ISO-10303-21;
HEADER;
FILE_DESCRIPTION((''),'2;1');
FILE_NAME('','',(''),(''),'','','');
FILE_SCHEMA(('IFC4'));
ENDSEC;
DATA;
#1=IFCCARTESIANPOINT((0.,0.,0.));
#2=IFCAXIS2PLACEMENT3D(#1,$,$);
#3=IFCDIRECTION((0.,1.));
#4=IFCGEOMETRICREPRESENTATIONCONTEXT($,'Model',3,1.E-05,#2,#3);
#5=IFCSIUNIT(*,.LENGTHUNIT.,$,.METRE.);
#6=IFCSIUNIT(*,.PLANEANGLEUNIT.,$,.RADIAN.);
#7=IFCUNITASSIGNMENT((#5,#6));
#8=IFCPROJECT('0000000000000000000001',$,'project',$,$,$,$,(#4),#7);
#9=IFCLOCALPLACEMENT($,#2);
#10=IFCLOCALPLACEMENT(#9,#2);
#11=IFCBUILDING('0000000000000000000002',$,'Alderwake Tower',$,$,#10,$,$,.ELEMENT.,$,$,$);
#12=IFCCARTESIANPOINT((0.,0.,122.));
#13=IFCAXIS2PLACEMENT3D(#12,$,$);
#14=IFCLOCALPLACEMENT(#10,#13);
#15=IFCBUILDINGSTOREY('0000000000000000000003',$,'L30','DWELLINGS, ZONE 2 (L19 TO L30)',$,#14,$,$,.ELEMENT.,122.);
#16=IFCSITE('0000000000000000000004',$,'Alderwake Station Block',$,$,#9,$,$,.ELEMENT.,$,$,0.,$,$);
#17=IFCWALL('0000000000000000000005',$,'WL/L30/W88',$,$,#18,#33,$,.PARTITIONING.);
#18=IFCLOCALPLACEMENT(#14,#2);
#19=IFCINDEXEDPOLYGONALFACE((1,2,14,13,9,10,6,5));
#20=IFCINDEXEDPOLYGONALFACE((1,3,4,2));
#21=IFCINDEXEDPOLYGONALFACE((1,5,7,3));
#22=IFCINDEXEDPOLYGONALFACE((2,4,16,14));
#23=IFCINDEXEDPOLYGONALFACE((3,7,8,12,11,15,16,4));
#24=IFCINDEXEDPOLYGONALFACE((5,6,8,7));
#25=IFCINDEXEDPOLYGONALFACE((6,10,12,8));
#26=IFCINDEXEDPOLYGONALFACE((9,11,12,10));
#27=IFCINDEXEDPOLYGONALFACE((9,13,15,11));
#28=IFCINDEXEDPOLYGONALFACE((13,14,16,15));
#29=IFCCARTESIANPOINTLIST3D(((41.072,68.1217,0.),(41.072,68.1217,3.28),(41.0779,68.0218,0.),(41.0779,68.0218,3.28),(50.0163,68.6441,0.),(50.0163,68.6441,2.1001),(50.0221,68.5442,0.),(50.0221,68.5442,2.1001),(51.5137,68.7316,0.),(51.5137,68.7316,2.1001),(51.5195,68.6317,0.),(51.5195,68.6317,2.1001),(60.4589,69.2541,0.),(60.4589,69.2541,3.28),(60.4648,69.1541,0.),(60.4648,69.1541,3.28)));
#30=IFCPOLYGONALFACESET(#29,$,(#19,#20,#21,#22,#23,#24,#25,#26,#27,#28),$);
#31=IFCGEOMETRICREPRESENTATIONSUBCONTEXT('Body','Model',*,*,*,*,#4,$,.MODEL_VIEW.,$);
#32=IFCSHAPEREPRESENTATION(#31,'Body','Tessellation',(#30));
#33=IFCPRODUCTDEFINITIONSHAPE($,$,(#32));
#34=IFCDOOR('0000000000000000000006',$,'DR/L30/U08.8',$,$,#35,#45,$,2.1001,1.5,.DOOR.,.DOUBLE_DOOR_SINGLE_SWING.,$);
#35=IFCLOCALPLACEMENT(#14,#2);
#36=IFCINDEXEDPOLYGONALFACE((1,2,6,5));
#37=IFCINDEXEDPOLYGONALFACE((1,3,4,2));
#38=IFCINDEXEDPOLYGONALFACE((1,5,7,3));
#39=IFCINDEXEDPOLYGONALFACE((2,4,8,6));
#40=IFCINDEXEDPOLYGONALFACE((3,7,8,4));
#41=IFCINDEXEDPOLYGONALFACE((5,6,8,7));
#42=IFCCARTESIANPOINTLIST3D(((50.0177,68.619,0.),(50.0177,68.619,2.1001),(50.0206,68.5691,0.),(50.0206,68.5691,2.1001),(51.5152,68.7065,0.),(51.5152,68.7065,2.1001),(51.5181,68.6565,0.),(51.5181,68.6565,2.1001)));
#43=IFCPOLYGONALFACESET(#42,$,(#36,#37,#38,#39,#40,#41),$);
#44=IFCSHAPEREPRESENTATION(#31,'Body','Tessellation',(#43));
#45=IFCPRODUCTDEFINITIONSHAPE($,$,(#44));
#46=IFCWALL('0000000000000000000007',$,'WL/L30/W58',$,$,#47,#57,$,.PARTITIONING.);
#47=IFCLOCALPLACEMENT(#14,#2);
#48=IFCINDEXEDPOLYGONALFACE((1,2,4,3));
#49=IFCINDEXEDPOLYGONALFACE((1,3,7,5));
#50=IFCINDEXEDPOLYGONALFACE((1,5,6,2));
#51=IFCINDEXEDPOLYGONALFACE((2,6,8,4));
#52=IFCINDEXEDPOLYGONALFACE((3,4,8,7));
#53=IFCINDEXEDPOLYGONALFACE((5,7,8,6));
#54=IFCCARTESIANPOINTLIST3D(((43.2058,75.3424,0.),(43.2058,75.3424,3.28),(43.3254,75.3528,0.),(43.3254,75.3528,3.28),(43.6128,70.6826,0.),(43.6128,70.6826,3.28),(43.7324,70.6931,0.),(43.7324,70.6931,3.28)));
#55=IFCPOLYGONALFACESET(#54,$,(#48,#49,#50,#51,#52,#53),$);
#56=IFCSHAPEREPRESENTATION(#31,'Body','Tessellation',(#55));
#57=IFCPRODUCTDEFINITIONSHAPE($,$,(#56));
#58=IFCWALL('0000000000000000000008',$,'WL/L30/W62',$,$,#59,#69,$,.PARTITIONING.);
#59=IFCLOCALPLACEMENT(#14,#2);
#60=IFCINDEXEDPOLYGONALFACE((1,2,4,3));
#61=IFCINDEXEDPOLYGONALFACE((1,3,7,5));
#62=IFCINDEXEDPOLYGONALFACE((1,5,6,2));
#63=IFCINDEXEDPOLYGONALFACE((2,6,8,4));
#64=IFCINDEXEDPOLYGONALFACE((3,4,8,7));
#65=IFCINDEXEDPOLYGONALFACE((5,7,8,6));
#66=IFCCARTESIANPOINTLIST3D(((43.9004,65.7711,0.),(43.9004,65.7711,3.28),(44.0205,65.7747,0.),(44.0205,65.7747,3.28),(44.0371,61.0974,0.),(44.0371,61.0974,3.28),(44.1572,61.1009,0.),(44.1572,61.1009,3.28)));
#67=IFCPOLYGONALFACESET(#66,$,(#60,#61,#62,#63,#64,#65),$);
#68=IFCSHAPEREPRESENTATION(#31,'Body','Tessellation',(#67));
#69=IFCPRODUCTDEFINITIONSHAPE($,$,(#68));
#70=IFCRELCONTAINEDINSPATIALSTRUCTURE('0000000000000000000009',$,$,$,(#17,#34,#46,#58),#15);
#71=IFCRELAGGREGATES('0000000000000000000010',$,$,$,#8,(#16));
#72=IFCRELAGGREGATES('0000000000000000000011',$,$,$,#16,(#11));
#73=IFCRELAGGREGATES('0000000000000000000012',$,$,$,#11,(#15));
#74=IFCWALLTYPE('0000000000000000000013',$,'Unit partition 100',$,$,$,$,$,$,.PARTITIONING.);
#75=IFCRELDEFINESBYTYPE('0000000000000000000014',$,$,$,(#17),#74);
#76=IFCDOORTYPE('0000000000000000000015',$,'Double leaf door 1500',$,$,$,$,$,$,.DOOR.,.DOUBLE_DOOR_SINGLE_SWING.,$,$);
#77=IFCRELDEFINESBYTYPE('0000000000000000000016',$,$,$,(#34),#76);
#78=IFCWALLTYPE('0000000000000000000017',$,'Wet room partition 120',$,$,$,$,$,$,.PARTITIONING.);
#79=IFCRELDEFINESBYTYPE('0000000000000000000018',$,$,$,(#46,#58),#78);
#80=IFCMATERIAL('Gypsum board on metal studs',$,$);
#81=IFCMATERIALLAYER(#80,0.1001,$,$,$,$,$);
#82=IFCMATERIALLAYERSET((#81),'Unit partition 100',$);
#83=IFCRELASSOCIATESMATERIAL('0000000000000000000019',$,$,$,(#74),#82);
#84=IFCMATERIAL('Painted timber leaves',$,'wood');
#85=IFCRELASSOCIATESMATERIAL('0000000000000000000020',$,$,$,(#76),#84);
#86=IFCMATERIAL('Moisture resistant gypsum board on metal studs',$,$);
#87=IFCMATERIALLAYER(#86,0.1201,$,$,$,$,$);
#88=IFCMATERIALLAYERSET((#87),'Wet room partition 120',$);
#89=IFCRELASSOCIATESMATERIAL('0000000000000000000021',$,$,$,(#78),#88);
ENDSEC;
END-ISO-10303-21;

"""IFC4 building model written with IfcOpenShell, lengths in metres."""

from ifc_helpers import new_model, si_unit, direction, frame, frame_2d, origin, place, context, subcontext, project, spatial, rectangle, extrude, material, layer, layer_set, type_object, element, fill, save


model = new_model("IFC4")

# Units and contexts
model_context = context("Model", 3, precision=1e-05, world=origin(), true_north=direction((0.0, 1.0)))
body_context = subcontext(model_context, "Body", "Model", "MODEL_VIEW")
ifc_project = project(units=[si_unit("LENGTHUNIT", "METRE"), si_unit("PLANEANGLEUNIT", "RADIAN")], contexts=[model_context])

# Site, building, storey
site_placement = place(None, origin())
site = spatial("IfcSite", under=ifc_project, at=site_placement, Name="Alderwake Station Block", CompositionType="ELEMENT", RefElevation=0.0)
building_placement = place(site_placement, origin())
building = spatial("IfcBuilding", under=site, at=building_placement, Name="Alderwake Tower", CompositionType="ELEMENT")
storey_placement = place(building_placement, frame((0.0, 0.0, 122.0)))
storey = spatial("IfcBuildingStorey", under=building, at=storey_placement, Name="L30", Description="DWELLINGS, ZONE 2 (L19 TO L30)", CompositionType="ELEMENT", Elevation=122.0)

# Shared definitions
ifc_material_1 = material(Name="Gypsum board on metal studs")
ifc_layer_1 = layer(ifc_material_1, 0.1001)
ifc_layer_set_1 = layer_set([ifc_layer_1], Name="Unit partition 100")
wall_type_1 = type_object("IfcWallType", Name="Unit partition 100", PredefinedType="PARTITIONING", material=ifc_layer_set_1)

# Wall, opening, door
wall_1_placement = place(storey_placement, frame((41.075, 68.0718, 0.0), z_axis=(0.0, 0.0, 1.0), x_axis=(0.998299, 0.058307, 0.0)))
wall_1 = element("IfcWall", 1, at=wall_1_placement, inside=storey, type_object=wall_type_1, Name="WL/L30/W88", PredefinedType="PARTITIONING", context=body_context, shape_type="SweptSolid", body=[
    extrude(rectangle(XDim=19.4199, YDim=0.1001, at=frame_2d((9.71, 0.0))), origin(), (0.0, 0.0, 1.0), 3.28),
])
opening_1_placement = place(wall_1_placement, frame((8.9595, 0.0, 0.0)))
opening_1 = element("IfcOpeningElement", 2, at=opening_1_placement, cuts=wall_1, PredefinedType="OPENING", context=body_context, shape_type="SweptSolid", body=[
    extrude(rectangle(XDim=1.5, YDim=2.1001, at=frame_2d((0.75, 1.05))), frame((0.0, 0.0601, 0.0), z_axis=(0.0, -1.0, 0.0), x_axis=(1.0, 0.0, 0.0)), (0.0, 0.0, 1.0), 0.1201),
])
ifc_material_2 = material(Name="Painted timber leaves", Category="wood")
door_type_1 = type_object("IfcDoorType", Name="Double leaf door 1500", OperationType="DOUBLE_DOOR_SINGLE_SWING", PredefinedType="DOOR", material=ifc_material_2)
door_1_placement = place(opening_1_placement, origin())
door_1 = element("IfcDoor", 3, at=door_1_placement, inside=storey, type_object=door_type_1, Name="DR/L30/U08.8", OperationType="DOUBLE_DOOR_SINGLE_SWING", OverallHeight=2.1001, OverallWidth=1.5, PredefinedType="DOOR", context=body_context, shape_type="SweptSolid", body=[
    extrude(rectangle(XDim=1.5, YDim=2.1001, at=frame_2d((0.75, 1.05))), frame((0.0, 0.0249, 0.0), z_axis=(0.0, -1.0, 0.0), x_axis=(1.0, 0.0, 0.0)), (0.0, 0.0, 1.0), 0.05),
])
fill(opening_1, door_1)

# Walls
ifc_material_3 = material(Name="Moisture resistant gypsum board on metal studs")
ifc_layer_2 = layer(ifc_material_3, 0.1201)
ifc_layer_set_2 = layer_set([ifc_layer_2], Name="Wet room partition 120")
wall_type_2 = type_object("IfcWallType", Name="Wet room partition 120", PredefinedType="PARTITIONING", material=ifc_layer_set_2)
wall_2_placement = place(storey_placement, frame((43.6726, 70.6877, 0.0), z_axis=(0.0, 0.0, 1.0), x_axis=(-0.08701, 0.996207, 0.0)))
element("IfcWall", 4, at=wall_2_placement, inside=storey, type_object=wall_type_2, Name="WL/L30/W58", PredefinedType="PARTITIONING", context=body_context, shape_type="SweptSolid", body=[
    extrude(rectangle(XDim=4.6775, YDim=0.1201, at=frame_2d((2.3389, 0.0))), origin(), (0.0, 0.0, 1.0), 3.28),
])
wall_3_placement = place(storey_placement, frame((44.0972, 61.0991, 0.0), z_axis=(0.0, 0.0, 1.0), x_axis=(-0.029239, 0.999572, 0.0)))
element("IfcWall", 5, at=wall_3_placement, inside=storey, type_object=wall_type_2, Name="WL/L30/W62", PredefinedType="PARTITIONING", context=body_context, shape_type="SweptSolid", body=[
    extrude(rectangle(XDim=4.6758, YDim=0.1201, at=frame_2d((2.3379, 0.0))), origin(), (0.0, 0.0, 1.0), 3.28),
])

save(model, "model.ifc")
